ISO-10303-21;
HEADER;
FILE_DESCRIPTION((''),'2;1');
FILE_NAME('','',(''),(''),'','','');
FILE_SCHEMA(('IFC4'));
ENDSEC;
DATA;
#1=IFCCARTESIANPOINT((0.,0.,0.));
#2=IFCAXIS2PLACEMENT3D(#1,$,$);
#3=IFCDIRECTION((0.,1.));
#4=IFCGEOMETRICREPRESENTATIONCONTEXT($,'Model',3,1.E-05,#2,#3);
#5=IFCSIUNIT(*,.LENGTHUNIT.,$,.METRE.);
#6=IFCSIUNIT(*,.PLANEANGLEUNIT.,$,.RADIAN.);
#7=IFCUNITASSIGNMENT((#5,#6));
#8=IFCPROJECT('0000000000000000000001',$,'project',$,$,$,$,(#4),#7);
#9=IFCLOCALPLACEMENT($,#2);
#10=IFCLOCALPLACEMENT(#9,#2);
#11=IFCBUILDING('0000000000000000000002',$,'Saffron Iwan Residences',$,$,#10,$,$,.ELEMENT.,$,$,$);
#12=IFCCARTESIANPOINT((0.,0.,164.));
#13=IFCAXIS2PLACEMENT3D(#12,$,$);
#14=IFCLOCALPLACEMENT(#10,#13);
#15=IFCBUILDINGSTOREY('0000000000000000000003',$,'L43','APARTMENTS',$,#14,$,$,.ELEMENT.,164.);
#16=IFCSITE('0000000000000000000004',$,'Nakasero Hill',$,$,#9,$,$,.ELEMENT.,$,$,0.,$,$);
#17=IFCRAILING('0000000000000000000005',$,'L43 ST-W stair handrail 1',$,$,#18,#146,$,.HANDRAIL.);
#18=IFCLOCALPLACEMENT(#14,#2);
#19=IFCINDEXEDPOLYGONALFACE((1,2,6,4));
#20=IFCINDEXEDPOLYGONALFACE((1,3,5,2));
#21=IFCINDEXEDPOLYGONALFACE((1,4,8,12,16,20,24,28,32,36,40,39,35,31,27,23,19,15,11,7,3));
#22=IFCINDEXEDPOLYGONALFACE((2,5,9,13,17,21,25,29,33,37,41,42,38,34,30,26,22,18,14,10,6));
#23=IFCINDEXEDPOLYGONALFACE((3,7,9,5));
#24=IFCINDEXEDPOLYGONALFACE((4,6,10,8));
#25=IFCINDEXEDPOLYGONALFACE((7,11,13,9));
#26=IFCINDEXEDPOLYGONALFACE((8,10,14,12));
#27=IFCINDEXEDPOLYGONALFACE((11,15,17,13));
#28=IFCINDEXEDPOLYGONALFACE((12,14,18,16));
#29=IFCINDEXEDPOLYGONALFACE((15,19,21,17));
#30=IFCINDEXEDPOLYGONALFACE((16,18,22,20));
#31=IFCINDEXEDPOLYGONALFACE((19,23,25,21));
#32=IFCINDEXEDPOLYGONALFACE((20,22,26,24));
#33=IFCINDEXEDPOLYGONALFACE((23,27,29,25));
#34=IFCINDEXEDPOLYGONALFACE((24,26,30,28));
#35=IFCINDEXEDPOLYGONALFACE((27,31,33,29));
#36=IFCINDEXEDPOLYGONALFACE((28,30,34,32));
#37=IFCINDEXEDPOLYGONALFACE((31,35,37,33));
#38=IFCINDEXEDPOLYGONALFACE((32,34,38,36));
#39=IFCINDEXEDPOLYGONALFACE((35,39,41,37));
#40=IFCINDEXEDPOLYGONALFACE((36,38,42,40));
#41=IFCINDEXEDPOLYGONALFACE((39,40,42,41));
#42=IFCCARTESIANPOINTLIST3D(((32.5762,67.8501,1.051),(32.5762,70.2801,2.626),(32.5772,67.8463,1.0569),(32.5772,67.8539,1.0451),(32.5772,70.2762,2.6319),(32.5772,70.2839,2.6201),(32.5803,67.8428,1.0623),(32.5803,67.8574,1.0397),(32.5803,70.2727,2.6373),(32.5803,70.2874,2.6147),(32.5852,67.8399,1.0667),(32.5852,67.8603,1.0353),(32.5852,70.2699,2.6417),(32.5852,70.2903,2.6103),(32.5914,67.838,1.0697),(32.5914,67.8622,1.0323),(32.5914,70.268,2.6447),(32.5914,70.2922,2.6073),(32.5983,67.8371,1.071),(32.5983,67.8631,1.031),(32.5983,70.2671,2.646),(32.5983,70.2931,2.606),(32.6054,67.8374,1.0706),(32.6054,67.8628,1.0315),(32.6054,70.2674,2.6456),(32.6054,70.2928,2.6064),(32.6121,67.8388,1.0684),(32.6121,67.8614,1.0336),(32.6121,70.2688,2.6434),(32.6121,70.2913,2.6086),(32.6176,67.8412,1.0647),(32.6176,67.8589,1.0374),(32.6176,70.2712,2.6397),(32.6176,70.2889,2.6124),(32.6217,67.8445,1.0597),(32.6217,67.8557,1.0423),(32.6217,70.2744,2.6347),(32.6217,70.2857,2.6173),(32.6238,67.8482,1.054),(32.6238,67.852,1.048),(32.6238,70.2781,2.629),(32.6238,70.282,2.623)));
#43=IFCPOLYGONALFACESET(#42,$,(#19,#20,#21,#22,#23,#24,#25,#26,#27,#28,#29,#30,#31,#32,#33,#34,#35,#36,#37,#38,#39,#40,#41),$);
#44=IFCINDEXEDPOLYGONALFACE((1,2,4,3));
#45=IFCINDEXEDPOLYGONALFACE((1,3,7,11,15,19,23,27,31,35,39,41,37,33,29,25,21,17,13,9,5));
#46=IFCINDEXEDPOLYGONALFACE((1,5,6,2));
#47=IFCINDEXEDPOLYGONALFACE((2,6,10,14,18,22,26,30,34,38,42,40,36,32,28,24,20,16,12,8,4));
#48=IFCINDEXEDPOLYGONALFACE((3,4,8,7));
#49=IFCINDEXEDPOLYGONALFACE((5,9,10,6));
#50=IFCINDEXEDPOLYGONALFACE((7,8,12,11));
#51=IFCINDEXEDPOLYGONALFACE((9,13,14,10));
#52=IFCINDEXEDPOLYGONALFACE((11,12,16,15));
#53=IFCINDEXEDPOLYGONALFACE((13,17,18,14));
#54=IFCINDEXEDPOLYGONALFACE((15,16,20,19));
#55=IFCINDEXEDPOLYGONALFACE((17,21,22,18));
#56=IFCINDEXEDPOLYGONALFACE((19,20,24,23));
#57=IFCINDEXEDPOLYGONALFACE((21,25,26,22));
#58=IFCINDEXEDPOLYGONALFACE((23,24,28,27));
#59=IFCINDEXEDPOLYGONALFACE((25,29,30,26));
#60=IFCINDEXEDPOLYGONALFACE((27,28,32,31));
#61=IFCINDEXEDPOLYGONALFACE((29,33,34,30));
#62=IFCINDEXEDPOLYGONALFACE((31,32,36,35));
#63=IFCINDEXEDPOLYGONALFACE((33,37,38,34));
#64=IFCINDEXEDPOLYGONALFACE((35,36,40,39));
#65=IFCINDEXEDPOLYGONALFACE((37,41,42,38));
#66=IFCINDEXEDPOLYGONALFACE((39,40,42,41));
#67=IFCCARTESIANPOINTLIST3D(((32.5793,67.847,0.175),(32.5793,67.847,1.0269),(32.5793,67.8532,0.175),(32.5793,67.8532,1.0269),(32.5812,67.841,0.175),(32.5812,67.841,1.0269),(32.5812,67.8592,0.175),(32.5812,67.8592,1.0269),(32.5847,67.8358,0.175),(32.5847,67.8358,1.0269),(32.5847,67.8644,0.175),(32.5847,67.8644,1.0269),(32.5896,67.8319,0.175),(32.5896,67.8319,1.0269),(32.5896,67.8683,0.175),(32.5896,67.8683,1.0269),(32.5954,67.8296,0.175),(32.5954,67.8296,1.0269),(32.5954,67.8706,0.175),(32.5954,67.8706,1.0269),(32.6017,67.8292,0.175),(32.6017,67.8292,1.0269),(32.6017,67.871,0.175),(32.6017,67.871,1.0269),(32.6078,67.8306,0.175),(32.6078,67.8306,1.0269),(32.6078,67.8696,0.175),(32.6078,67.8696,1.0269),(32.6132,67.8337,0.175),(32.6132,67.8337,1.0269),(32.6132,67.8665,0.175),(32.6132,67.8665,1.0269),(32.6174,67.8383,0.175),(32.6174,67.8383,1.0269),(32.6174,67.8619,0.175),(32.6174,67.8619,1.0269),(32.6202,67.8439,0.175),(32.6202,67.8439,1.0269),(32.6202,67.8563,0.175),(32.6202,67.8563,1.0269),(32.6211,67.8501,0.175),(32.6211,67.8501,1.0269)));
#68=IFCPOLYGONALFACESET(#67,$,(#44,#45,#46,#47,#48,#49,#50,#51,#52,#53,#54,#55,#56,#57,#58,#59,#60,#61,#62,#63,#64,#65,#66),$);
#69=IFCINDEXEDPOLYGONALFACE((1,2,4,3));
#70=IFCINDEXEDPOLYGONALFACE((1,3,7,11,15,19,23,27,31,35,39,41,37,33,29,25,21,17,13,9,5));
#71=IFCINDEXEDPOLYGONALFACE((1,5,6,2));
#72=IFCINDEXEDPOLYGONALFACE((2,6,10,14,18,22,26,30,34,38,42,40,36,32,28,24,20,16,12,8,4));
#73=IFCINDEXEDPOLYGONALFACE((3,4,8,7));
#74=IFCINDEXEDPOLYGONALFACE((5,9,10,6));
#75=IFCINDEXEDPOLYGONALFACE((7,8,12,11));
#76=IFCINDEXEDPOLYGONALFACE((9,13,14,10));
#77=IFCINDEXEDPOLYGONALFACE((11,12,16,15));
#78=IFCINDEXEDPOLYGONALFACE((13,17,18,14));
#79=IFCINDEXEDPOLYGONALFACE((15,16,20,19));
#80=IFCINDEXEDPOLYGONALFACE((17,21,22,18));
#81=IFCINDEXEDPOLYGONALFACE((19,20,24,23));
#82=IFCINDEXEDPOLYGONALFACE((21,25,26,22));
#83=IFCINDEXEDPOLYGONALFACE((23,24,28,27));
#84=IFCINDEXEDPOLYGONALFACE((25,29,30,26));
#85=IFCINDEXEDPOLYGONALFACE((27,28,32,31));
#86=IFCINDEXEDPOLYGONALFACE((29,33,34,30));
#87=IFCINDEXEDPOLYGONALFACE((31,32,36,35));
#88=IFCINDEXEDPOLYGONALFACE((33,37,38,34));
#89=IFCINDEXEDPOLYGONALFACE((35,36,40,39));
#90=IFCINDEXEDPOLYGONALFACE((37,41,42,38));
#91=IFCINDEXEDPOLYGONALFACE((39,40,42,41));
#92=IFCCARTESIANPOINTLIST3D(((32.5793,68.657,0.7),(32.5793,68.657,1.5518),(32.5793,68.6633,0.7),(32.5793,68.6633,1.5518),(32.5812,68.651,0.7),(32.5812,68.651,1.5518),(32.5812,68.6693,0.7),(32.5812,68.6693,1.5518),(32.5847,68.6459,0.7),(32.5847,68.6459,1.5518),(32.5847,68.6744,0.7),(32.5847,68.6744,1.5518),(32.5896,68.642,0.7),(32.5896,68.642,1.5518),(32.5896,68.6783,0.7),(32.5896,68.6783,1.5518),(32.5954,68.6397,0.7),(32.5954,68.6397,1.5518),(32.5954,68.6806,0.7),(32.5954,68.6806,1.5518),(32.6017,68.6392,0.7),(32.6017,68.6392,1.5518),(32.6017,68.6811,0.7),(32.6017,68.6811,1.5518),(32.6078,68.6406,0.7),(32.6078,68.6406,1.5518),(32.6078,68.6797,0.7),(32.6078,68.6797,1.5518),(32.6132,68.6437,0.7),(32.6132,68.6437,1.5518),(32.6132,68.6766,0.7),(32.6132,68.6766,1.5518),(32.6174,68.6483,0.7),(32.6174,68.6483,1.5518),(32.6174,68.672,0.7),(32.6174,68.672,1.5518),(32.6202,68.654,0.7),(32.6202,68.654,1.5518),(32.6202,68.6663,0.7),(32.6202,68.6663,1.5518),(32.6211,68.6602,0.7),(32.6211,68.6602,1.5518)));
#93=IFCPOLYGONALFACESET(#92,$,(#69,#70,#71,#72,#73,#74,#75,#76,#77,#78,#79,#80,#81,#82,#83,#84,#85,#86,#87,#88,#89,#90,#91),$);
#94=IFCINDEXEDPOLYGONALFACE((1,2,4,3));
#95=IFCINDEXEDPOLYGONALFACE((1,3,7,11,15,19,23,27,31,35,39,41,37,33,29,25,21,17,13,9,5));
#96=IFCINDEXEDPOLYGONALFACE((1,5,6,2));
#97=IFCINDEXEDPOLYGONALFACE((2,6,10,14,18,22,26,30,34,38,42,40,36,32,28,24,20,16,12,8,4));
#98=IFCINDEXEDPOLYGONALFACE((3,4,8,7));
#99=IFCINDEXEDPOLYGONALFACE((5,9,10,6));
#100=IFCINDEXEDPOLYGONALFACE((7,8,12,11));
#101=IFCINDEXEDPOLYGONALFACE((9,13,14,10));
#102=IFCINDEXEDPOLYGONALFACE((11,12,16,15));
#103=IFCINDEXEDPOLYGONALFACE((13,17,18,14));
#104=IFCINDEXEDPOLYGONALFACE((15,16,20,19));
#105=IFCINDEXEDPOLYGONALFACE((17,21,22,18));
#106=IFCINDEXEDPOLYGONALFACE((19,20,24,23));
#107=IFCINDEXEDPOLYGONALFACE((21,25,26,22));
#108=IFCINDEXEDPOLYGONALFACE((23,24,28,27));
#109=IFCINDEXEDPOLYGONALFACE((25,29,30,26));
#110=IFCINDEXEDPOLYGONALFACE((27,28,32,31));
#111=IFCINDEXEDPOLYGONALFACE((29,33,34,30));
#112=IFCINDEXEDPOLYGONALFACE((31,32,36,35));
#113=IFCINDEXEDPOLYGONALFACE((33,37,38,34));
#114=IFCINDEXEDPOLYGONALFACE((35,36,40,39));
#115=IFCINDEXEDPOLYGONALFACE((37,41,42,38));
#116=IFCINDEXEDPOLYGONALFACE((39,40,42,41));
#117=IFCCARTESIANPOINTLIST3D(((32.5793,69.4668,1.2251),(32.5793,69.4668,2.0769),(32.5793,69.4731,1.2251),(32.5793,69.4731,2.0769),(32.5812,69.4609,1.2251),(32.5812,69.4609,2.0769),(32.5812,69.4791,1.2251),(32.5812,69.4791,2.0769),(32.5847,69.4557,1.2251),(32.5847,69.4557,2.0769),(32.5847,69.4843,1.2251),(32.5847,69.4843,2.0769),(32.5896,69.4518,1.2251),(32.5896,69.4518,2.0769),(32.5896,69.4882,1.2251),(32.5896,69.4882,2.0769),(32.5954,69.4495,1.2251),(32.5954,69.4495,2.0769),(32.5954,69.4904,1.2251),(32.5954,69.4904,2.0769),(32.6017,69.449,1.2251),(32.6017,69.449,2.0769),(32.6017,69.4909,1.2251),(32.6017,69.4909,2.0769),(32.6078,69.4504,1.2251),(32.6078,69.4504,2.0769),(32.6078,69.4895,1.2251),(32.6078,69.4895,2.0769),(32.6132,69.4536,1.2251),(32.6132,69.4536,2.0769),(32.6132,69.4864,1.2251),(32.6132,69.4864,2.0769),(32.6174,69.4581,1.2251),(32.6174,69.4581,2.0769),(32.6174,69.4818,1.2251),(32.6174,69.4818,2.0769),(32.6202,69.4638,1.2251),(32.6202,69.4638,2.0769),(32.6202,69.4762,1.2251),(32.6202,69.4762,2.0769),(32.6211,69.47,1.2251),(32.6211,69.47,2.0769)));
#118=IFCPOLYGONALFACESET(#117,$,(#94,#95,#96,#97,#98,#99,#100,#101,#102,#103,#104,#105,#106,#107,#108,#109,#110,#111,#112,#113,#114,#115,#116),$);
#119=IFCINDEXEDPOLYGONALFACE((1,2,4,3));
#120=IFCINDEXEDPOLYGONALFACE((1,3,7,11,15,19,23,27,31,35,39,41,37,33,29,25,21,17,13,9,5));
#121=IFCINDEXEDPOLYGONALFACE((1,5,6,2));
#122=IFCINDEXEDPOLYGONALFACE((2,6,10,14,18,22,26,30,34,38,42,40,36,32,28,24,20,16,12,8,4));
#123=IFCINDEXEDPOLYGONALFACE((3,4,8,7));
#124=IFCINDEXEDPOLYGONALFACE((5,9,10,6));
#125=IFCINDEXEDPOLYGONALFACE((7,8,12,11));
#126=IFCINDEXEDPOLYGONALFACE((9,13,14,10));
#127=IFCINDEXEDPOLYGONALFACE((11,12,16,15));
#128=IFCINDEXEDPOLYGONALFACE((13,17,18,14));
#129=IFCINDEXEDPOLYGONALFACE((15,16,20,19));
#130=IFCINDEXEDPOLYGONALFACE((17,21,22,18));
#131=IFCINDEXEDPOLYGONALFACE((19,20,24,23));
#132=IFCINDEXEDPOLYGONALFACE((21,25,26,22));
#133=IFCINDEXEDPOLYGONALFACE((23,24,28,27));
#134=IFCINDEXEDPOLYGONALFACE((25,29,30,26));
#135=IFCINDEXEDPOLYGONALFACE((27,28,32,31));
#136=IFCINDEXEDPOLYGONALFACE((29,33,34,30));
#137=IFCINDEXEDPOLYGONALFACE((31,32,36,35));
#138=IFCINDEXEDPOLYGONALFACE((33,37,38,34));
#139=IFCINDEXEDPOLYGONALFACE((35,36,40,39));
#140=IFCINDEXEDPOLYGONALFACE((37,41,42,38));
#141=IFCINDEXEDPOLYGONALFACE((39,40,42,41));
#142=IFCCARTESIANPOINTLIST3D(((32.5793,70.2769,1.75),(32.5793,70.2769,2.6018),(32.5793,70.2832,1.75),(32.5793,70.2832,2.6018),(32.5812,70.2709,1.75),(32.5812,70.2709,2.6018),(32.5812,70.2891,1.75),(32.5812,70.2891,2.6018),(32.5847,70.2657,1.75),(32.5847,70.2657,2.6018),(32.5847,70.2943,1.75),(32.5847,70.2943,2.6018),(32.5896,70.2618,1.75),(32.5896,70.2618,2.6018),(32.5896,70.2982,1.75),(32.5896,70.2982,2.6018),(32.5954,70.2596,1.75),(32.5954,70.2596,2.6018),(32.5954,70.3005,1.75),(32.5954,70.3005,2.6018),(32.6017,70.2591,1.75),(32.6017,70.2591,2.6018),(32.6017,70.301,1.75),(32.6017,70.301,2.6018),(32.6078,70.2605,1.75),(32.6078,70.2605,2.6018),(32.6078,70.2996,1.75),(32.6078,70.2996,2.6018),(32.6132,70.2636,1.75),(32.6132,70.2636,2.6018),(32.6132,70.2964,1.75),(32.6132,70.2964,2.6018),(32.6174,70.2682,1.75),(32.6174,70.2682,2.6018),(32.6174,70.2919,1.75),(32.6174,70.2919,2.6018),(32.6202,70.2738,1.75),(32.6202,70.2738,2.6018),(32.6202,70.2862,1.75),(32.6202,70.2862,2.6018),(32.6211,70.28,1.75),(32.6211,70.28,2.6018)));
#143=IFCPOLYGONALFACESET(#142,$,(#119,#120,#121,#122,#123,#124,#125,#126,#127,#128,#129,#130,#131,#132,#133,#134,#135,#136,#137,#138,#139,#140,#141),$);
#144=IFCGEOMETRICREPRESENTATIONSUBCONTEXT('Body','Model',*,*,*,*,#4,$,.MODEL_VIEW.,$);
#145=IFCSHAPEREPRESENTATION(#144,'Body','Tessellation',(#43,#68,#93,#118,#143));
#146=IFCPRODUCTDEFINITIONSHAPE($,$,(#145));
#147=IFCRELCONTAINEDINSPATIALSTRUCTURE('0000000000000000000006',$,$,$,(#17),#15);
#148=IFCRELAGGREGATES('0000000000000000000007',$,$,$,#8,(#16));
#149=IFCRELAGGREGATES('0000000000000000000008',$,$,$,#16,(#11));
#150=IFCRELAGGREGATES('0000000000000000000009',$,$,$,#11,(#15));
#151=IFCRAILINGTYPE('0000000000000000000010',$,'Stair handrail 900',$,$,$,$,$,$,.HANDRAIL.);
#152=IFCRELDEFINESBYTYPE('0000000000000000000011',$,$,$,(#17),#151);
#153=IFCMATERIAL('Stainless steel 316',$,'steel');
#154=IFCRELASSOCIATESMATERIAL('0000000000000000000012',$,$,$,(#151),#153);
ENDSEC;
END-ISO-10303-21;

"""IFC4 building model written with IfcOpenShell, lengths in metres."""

from ifc_helpers import new_model, si_unit, direction, frame, origin, origin_2d, place, context, subcontext, project, spatial, circle, extrude, material, type_object, element, save


model = new_model("IFC4")

# Units and contexts
model_context = context("Model", 3, precision=1e-05, world=origin(), true_north=direction((0.0, 1.0)))
body_context = subcontext(model_context, "Body", "Model", "MODEL_VIEW")
ifc_project = project(units=[si_unit("LENGTHUNIT", "METRE"), si_unit("PLANEANGLEUNIT", "RADIAN")], contexts=[model_context])

# Site, building, storey
site_placement = place(None, origin())
site = spatial("IfcSite", under=ifc_project, at=site_placement, Name="Nakasero Hill", CompositionType="ELEMENT", RefElevation=0.0)
building_placement = place(site_placement, origin())
building = spatial("IfcBuilding", under=site, at=building_placement, Name="Saffron Iwan Residences", CompositionType="ELEMENT")
storey_placement = place(building_placement, frame((0.0, 0.0, 164.0)))
storey = spatial("IfcBuildingStorey", under=building, at=storey_placement, Name="L43", Description="APARTMENTS", CompositionType="ELEMENT", Elevation=164.0)

# Railing
ifc_material_1 = material(Name="Stainless steel 316", Category="steel")
railing_type_1 = type_object("IfcRailingType", Name="Stair handrail 900", PredefinedType="HANDRAIL", material=ifc_material_1)
railing_1_placement = place(storey_placement, frame((32.6001, 67.8501, 0.175)))
element("IfcRailing", 1, at=railing_1_placement, inside=storey, type_object=railing_type_1, Name="L43 ST-W stair handrail 1", PredefinedType="HANDRAIL", context=body_context, shape_type="SweptSolid", body=[
    extrude(circle(Radius=0.0239, at=origin_2d()), frame((0.0, 0.0, 0.876), z_axis=(0.0, 0.839154, 0.543894), x_axis=(-1.0, 0.0, 0.0)), (0.0, 0.0, 1.0), 2.8958),
    extrude(circle(Radius=0.021, at=origin_2d()), origin(), (0.0, 0.0, 1.0), 0.8518),
    extrude(circle(Radius=0.021, at=origin_2d()), frame((0.0, 0.8101, 0.5249)), (0.0, 0.0, 1.0), 0.8518),
    extrude(circle(Radius=0.021, at=origin_2d()), frame((0.0, 1.6199, 1.05)), (0.0, 0.0, 1.0), 0.8518),
    extrude(circle(Radius=0.021, at=origin_2d()), frame((0.0, 2.4299, 1.575)), (0.0, 0.0, 1.0), 0.8518),
])

save(model, "model.ifc")
